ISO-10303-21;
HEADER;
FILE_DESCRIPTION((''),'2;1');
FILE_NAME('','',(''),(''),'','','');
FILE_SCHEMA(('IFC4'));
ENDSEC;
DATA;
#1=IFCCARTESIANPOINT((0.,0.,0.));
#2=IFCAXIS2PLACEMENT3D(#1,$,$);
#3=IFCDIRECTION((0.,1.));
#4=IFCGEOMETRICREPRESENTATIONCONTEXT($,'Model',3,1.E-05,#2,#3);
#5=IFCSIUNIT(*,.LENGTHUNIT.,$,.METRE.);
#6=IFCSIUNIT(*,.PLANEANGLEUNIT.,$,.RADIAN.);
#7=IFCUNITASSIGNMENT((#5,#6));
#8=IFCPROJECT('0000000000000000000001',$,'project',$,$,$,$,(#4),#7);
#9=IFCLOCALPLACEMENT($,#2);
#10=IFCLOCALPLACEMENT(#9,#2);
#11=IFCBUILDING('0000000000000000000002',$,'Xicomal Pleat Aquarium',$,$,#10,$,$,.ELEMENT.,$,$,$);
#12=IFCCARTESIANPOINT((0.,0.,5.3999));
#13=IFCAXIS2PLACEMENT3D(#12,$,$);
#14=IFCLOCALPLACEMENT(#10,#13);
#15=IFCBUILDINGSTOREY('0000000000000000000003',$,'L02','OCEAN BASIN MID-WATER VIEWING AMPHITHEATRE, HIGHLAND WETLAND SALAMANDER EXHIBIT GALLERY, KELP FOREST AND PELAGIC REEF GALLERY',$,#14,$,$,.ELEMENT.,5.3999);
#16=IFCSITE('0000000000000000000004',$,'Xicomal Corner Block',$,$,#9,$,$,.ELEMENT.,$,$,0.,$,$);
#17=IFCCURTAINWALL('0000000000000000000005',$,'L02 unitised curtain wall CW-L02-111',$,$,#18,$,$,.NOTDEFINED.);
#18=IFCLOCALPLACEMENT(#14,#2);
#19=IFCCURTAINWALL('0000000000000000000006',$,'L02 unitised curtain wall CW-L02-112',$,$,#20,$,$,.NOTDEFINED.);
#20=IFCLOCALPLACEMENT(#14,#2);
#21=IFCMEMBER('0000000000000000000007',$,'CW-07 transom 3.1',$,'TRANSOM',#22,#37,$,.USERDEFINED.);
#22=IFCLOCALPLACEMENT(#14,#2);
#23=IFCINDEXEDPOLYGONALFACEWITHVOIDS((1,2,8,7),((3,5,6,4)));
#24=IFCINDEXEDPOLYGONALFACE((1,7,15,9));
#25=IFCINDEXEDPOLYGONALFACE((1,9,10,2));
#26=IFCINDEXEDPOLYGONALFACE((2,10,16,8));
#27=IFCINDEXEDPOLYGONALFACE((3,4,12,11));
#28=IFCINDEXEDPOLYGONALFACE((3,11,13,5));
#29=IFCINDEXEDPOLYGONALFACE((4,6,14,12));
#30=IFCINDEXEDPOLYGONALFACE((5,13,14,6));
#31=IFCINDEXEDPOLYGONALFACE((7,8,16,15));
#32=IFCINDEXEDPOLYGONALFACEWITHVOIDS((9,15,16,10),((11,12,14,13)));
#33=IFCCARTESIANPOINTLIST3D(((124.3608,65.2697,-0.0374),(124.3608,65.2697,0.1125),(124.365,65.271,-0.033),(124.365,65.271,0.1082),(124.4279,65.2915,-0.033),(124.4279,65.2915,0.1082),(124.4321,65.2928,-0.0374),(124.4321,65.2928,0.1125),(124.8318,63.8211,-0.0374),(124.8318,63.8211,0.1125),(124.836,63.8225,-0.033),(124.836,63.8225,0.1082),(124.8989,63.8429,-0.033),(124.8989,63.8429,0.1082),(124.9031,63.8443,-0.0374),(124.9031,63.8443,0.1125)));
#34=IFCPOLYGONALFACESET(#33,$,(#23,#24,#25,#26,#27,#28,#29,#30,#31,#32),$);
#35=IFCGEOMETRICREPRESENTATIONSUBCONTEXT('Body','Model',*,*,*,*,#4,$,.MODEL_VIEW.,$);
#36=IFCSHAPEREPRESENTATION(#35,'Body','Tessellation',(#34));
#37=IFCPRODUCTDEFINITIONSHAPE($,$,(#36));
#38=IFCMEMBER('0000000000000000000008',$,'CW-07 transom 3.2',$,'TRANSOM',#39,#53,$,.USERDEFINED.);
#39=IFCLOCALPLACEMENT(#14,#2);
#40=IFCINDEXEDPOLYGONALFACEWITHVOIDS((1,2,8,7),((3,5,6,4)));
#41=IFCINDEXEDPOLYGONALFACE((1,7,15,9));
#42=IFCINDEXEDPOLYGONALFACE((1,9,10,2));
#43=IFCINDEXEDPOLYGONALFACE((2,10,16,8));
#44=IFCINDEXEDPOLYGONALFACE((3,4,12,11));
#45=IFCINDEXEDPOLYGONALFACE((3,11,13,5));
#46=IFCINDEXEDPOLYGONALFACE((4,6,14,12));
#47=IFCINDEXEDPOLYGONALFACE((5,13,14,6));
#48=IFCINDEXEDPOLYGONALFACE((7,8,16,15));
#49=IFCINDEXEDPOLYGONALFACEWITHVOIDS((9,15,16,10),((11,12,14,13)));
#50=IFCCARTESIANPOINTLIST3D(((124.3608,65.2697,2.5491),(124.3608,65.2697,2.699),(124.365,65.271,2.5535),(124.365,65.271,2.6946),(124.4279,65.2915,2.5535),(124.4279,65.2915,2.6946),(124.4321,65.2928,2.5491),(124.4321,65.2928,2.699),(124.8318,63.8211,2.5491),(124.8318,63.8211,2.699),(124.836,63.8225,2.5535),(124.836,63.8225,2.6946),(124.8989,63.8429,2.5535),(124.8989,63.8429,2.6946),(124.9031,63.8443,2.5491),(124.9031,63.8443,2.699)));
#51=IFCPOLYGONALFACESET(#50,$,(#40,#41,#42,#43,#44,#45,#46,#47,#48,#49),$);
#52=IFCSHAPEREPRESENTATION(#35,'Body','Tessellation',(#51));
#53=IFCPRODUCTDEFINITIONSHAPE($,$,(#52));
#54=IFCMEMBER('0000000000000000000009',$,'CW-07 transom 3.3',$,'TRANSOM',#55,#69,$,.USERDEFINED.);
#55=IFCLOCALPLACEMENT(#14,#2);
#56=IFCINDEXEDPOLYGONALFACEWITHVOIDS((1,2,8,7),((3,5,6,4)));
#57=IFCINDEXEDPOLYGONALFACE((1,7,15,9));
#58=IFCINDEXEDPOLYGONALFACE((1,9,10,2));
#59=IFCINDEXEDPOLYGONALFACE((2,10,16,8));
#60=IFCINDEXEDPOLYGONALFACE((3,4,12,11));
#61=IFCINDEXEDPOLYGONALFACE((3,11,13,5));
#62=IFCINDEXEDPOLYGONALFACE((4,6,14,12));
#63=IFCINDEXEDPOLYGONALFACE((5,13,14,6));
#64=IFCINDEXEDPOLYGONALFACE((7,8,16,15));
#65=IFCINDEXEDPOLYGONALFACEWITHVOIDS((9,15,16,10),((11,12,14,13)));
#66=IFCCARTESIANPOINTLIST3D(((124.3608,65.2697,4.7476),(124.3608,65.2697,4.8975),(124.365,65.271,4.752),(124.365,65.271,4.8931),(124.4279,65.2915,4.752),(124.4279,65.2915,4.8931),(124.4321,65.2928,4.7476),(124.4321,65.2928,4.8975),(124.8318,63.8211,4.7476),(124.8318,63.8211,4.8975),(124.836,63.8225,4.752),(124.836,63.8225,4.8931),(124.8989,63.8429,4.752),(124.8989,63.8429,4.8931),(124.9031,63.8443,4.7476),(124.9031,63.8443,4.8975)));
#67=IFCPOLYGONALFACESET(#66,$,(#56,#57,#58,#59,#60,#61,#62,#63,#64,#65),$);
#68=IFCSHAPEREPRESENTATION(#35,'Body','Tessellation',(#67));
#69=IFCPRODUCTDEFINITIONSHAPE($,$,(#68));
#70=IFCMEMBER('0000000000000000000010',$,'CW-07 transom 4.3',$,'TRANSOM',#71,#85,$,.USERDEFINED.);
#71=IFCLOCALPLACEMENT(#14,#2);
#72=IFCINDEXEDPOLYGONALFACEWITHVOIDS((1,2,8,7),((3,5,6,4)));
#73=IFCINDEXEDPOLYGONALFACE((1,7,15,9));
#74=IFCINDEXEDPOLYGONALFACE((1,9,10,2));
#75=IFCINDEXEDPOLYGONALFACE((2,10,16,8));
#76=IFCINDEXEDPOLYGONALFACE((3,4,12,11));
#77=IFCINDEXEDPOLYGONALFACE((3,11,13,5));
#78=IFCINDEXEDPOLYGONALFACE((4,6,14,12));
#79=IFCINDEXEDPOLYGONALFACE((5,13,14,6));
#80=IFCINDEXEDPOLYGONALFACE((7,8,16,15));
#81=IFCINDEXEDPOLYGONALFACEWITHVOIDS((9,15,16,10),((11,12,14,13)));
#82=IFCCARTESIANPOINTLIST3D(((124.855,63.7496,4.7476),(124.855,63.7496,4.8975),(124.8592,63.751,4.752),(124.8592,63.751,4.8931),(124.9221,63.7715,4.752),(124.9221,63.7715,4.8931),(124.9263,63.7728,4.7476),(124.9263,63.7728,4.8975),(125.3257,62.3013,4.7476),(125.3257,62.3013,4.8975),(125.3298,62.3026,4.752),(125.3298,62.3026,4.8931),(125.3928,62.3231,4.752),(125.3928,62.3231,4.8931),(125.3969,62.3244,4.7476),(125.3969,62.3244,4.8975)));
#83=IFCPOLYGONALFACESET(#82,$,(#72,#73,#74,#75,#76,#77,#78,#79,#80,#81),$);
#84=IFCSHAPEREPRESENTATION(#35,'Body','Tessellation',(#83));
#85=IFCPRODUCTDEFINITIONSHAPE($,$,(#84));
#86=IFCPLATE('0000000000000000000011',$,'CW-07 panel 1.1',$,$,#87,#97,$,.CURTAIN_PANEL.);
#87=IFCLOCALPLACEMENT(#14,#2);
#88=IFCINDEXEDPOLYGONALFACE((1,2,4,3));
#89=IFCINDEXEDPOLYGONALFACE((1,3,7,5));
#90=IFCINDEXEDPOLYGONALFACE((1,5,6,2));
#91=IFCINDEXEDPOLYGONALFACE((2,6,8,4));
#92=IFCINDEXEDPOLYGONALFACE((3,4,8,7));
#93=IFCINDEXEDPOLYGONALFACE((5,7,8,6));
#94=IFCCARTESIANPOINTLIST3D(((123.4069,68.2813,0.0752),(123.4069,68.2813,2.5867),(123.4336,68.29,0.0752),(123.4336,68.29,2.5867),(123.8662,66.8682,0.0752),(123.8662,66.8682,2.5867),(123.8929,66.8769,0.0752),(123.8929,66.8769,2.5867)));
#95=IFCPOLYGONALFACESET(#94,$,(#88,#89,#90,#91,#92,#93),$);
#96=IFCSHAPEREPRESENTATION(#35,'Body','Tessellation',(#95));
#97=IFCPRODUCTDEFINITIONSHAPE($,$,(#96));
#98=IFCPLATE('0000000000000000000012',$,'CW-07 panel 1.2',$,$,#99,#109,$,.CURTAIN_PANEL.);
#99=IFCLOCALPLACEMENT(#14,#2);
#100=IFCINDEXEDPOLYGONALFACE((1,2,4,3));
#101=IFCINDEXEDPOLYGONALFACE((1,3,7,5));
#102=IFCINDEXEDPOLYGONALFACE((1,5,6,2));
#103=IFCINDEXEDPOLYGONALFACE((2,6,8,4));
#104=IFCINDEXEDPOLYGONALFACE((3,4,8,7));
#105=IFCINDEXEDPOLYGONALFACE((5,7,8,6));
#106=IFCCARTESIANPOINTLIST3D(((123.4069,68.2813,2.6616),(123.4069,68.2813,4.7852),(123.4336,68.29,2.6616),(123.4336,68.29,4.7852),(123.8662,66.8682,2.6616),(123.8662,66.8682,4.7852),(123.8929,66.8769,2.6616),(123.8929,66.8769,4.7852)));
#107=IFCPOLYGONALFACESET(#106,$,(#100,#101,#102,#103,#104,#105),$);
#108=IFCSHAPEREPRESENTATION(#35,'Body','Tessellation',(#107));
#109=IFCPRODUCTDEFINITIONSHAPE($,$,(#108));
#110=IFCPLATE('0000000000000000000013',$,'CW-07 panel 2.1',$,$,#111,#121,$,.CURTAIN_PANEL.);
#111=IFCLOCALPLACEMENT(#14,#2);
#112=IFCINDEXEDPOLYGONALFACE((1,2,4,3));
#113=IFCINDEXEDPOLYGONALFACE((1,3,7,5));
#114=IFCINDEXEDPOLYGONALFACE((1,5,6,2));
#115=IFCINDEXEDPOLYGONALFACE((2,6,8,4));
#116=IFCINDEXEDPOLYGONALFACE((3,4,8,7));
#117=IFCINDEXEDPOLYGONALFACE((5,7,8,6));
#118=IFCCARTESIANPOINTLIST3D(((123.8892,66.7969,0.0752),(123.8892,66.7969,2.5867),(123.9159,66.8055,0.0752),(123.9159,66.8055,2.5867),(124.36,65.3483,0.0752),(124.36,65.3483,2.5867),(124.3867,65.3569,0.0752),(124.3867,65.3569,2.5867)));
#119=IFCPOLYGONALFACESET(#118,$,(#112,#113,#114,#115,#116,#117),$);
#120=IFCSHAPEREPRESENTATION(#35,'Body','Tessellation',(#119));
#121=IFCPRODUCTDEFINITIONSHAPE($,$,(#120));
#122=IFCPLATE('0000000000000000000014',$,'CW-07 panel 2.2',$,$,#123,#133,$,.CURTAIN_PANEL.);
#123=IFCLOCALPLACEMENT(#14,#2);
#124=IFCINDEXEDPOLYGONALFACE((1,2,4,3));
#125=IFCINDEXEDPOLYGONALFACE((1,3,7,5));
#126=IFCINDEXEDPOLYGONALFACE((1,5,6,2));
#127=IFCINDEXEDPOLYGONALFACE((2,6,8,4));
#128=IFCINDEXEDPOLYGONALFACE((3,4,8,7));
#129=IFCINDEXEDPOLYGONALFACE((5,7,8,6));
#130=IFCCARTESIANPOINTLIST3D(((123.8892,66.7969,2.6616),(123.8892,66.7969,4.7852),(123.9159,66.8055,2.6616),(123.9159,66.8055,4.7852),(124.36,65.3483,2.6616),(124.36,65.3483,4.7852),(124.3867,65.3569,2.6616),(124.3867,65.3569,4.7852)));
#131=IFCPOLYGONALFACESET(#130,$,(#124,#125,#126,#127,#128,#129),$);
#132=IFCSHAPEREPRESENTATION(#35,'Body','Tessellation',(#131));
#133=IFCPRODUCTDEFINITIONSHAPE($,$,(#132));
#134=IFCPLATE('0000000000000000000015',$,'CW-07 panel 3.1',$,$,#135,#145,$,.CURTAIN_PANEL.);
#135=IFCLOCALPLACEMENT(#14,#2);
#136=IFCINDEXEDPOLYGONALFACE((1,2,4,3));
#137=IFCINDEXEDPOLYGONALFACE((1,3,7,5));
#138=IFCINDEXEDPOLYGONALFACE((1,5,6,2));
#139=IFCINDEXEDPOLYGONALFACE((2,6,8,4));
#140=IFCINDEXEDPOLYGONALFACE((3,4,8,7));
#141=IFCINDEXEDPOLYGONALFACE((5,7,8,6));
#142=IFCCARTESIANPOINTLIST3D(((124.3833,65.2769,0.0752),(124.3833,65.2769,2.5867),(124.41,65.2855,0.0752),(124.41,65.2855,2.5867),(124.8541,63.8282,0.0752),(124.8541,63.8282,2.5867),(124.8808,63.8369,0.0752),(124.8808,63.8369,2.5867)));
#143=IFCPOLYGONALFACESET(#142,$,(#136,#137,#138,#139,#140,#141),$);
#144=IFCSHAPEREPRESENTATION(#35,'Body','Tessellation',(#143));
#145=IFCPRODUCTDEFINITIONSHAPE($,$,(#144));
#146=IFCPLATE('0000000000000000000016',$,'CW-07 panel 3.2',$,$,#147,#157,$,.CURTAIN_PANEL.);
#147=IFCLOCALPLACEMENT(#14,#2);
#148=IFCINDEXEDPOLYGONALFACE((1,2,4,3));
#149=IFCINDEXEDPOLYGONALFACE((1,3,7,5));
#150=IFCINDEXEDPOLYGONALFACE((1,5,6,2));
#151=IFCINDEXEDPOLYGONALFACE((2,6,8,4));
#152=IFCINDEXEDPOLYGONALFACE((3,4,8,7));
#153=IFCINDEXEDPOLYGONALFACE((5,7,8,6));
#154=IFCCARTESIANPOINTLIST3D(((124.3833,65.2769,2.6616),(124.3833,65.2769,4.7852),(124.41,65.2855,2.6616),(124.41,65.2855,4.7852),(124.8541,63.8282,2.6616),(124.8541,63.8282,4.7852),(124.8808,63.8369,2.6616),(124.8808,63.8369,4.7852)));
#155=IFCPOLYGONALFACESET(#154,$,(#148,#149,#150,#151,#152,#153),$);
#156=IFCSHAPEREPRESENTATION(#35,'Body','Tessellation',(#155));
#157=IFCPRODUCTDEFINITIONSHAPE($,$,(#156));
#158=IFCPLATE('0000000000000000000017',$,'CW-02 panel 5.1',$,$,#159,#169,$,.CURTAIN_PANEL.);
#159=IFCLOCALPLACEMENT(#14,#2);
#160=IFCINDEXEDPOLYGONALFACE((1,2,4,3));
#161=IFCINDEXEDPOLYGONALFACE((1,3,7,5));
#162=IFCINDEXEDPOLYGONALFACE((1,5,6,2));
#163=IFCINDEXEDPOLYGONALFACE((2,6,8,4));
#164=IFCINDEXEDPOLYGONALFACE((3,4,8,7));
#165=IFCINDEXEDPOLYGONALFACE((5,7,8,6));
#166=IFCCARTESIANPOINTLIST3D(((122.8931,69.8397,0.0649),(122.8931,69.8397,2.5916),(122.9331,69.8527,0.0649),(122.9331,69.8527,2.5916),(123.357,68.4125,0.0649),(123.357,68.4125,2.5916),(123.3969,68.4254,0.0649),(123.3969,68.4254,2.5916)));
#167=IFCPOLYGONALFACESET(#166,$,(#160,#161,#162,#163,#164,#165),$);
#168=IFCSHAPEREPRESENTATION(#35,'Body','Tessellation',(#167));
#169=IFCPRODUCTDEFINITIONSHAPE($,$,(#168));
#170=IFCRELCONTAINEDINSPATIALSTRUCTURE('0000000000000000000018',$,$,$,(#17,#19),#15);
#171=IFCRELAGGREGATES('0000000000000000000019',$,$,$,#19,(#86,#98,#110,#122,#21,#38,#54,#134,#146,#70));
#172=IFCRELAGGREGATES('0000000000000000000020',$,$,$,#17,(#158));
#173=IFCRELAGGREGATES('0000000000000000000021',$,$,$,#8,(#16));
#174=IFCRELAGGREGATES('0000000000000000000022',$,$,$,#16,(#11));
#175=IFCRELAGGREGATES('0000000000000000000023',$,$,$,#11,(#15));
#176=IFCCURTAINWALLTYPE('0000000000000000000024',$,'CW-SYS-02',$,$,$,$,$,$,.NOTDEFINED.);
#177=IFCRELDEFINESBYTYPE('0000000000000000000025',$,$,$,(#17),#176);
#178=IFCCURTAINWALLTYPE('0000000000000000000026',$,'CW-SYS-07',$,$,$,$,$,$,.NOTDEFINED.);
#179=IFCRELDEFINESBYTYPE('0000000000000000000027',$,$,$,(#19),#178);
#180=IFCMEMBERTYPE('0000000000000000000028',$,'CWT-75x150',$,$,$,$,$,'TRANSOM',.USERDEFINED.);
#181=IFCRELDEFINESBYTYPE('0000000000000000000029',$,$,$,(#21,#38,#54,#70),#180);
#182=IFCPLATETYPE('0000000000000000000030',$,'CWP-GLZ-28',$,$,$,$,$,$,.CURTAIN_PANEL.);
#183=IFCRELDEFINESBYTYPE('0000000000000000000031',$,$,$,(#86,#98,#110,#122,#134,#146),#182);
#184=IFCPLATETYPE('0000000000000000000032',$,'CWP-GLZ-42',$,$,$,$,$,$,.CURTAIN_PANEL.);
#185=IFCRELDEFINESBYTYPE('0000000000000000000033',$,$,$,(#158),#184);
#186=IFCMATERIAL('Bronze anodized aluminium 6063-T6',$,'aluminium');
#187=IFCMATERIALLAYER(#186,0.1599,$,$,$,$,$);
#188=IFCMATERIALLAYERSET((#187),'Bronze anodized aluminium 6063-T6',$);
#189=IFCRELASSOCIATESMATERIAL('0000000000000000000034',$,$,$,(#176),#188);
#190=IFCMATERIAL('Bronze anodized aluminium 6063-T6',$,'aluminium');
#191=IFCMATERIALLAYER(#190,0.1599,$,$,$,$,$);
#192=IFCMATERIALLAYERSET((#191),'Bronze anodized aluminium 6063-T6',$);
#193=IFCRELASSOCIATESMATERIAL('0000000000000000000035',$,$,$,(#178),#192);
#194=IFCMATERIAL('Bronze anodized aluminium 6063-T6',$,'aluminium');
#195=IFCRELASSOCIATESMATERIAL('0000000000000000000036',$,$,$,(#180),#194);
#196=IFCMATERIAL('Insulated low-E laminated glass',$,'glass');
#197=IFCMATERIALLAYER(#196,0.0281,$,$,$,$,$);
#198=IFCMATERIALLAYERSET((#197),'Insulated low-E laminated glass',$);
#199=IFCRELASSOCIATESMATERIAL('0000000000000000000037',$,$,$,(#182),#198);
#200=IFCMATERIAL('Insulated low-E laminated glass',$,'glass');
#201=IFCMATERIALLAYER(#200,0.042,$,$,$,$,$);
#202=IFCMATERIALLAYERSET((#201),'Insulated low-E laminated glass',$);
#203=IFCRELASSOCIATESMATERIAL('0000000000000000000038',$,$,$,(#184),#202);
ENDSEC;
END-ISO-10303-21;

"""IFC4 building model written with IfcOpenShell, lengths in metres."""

from ifc_helpers import new_model, si_unit, direction, frame, origin, origin_2d, place, context, subcontext, project, spatial, rectangle, hollow_rectangle, extrude, material, layer, layer_set, material_profile, profile_set, type_object, element, aggregate, save


model = new_model("IFC4")

# Units and contexts
model_context = context("Model", 3, precision=1e-05, world=origin(), true_north=direction((0.0, 1.0)))
body_context = subcontext(model_context, "Body", "Model", "MODEL_VIEW")
ifc_project = project(units=[si_unit("LENGTHUNIT", "METRE"), si_unit("PLANEANGLEUNIT", "RADIAN")], contexts=[model_context])

# Site, building, storey
site_placement = place(None, origin())
site = spatial("IfcSite", under=ifc_project, at=site_placement, Name="Xicomal Corner Block", CompositionType="ELEMENT", RefElevation=0.0)
building_placement = place(site_placement, origin())
building = spatial("IfcBuilding", under=site, at=building_placement, Name="Xicomal Pleat Aquarium", CompositionType="ELEMENT")
storey_placement = place(building_placement, frame((0.0, 0.0, 5.3999)))
storey = spatial("IfcBuildingStorey", under=building, at=storey_placement, Name="L02", Description="OCEAN BASIN MID-WATER VIEWING AMPHITHEATRE, HIGHLAND WETLAND SALAMANDER EXHIBIT GALLERY, KELP FOREST AND PELAGIC REEF GALLERY", CompositionType="ELEMENT", Elevation=5.3999)

# Curtain wall
ifc_material_1 = material(Name="Bronze anodized aluminium 6063-T6", Category="aluminium")
ifc_layer_1 = layer(ifc_material_1, 0.1599)
ifc_layer_set_1 = layer_set([ifc_layer_1], Name="Bronze anodized aluminium 6063-T6")
curtain_wall_type_1 = type_object("IfcCurtainWallType", Name="CW-SYS-02", PredefinedType="NOTDEFINED", material=ifc_layer_set_1)
curtain_wall_1_placement = place(storey_placement, origin())
curtain_wall_1 = element("IfcCurtainWall", 1, at=curtain_wall_1_placement, inside=storey, type_object=curtain_wall_type_1, Name="L02 unitised curtain wall CW-L02-111", PredefinedType="NOTDEFINED")

# Curtain wall, members, plates
ifc_material_2 = material(Name="Bronze anodized aluminium 6063-T6", Category="aluminium")
ifc_layer_2 = layer(ifc_material_2, 0.1599)
ifc_layer_set_2 = layer_set([ifc_layer_2], Name="Bronze anodized aluminium 6063-T6")
curtain_wall_type_2 = type_object("IfcCurtainWallType", Name="CW-SYS-07", PredefinedType="NOTDEFINED", material=ifc_layer_set_2)
curtain_wall_2_placement = place(storey_placement, origin())
curtain_wall_2 = element("IfcCurtainWall", 2, at=curtain_wall_2_placement, inside=storey, type_object=curtain_wall_type_2, Name="L02 unitised curtain wall CW-L02-112", PredefinedType="NOTDEFINED")
ifc_material_3 = material(Name="Bronze anodized aluminium 6063-T6", Category="aluminium")
ifc_material_profile_1 = material_profile(ifc_material_3, hollow_rectangle(XDim=0.075, YDim=0.1499, WallThickness=0.0044, at=origin_2d()), Name="ALU TRAN 75x150")
ifc_profile_set_1 = profile_set([ifc_material_profile_1], Name="Bronze anodized aluminium 6063-T6")
member_type_1 = type_object("IfcMemberType", Name="CWT-75x150", ElementType="TRANSOM", PredefinedType="USERDEFINED", material=ifc_profile_set_1)
member_1_placement = place(storey_placement, frame((124.3965, 65.2812, 0.0376), z_axis=(0.309198, -0.950998, 0.0), x_axis=(0.950998, 0.309198, 0.0)))
member_1 = element("IfcMember", 3, at=member_1_placement, type_object=member_type_1, Name="CW-07 transom 3.1", ObjectType="TRANSOM", PredefinedType="USERDEFINED", context=body_context, shape_type="SweptSolid", body=[
    extrude(hollow_rectangle(XDim=0.075, YDim=0.1499, WallThickness=0.0044, at=origin_2d()), origin(), (0.0, 0.0, 1.0), 1.5232),
])
member_2_placement = place(storey_placement, frame((124.3965, 65.2812, 2.624), z_axis=(0.309198, -0.950998, 0.0), x_axis=(0.950998, 0.309198, 0.0)))
member_2 = element("IfcMember", 4, at=member_2_placement, type_object=member_type_1, Name="CW-07 transom 3.2", ObjectType="TRANSOM", PredefinedType="USERDEFINED", context=body_context, shape_type="SweptSolid", body=[
    extrude(hollow_rectangle(XDim=0.075, YDim=0.1499, WallThickness=0.0044, at=origin_2d()), origin(), (0.0, 0.0, 1.0), 1.5232),
])
member_3_placement = place(storey_placement, frame((124.3965, 65.2812, 4.8225), z_axis=(0.309198, -0.950998, 0.0), x_axis=(0.950998, 0.309198, 0.0)))
member_3 = element("IfcMember", 5, at=member_3_placement, type_object=member_type_1, Name="CW-07 transom 3.3", ObjectType="TRANSOM", PredefinedType="USERDEFINED", context=body_context, shape_type="SweptSolid", body=[
    extrude(hollow_rectangle(XDim=0.075, YDim=0.1499, WallThickness=0.0044, at=origin_2d()), origin(), (0.0, 0.0, 1.0), 1.5232),
])
member_4_placement = place(storey_placement, frame((124.8906, 63.7612, 4.8225), z_axis=(0.309053, -0.951045, 0.0), x_axis=(0.951045, 0.309053, 0.0)))
member_4 = element("IfcMember", 6, at=member_4_placement, type_object=member_type_1, Name="CW-07 transom 4.3", ObjectType="TRANSOM", PredefinedType="USERDEFINED", context=body_context, shape_type="SweptSolid", body=[
    extrude(hollow_rectangle(XDim=0.075, YDim=0.1499, WallThickness=0.0044, at=origin_2d()), origin(), (0.0, 0.0, 1.0), 1.5229),
])
ifc_material_4 = material(Name="Insulated low-E laminated glass", Category="glass")
ifc_layer_3 = layer(ifc_material_4, 0.0281)
ifc_layer_set_3 = layer_set([ifc_layer_3], Name="Insulated low-E laminated glass")
plate_type_1 = type_object("IfcPlateType", Name="CWP-GLZ-28", PredefinedType="CURTAIN_PANEL", material=ifc_layer_set_3)
plate_1_placement = place(storey_placement, frame((123.6499, 67.5791, 0.0752), z_axis=(0.0, 0.0, 1.0), x_axis=(0.309086, -0.951034, 0.0)))
plate_1 = element("IfcPlate", 7, at=plate_1_placement, type_object=plate_type_1, Name="CW-07 panel 1.1", PredefinedType="CURTAIN_PANEL", context=body_context, shape_type="SweptSolid", body=[
    extrude(rectangle(XDim=1.4858, YDim=0.0281, at=origin_2d()), origin(), (0.0, 0.0, 1.0), 2.5115),
])
plate_2_placement = place(storey_placement, frame((123.6499, 67.5791, 2.6616), z_axis=(0.0, 0.0, 1.0), x_axis=(0.309086, -0.951034, 0.0)))
plate_2 = element("IfcPlate", 8, at=plate_2_placement, type_object=plate_type_1, Name="CW-07 panel 1.2", PredefinedType="CURTAIN_PANEL", context=body_context, shape_type="SweptSolid", body=[
    extrude(rectangle(XDim=1.4858, YDim=0.0281, at=origin_2d()), origin(), (0.0, 0.0, 1.0), 2.1235),
])
plate_3_placement = place(storey_placement, frame((124.1379, 66.0769, 0.0752), z_axis=(0.0, 0.0, 1.0), x_axis=(0.309086, -0.951034, 0.0)))
plate_3 = element("IfcPlate", 9, at=plate_3_placement, type_object=plate_type_1, Name="CW-07 panel 2.1", PredefinedType="CURTAIN_PANEL", context=body_context, shape_type="SweptSolid", body=[
    extrude(rectangle(XDim=1.5232, YDim=0.0281, at=origin_2d()), origin(), (0.0, 0.0, 1.0), 2.5115),
])
plate_4_placement = place(storey_placement, frame((124.1379, 66.0769, 2.6616), z_axis=(0.0, 0.0, 1.0), x_axis=(0.309086, -0.951034, 0.0)))
plate_4 = element("IfcPlate", 10, at=plate_4_placement, type_object=plate_type_1, Name="CW-07 panel 2.2", PredefinedType="CURTAIN_PANEL", context=body_context, shape_type="SweptSolid", body=[
    extrude(rectangle(XDim=1.5232, YDim=0.0281, at=origin_2d()), origin(), (0.0, 0.0, 1.0), 2.1235),
])
plate_5_placement = place(storey_placement, frame((124.6321, 64.5569, 0.0752), z_axis=(0.0, 0.0, 1.0), x_axis=(0.309086, -0.951034, 0.0)))
plate_5 = element("IfcPlate", 11, at=plate_5_placement, type_object=plate_type_1, Name="CW-07 panel 3.1", PredefinedType="CURTAIN_PANEL", context=body_context, shape_type="SweptSolid", body=[
    extrude(rectangle(XDim=1.5232, YDim=0.0281, at=origin_2d()), origin(), (0.0, 0.0, 1.0), 2.5115),
])
plate_6_placement = place(storey_placement, frame((124.6321, 64.5569, 2.6616), z_axis=(0.0, 0.0, 1.0), x_axis=(0.309086, -0.951034, 0.0)))
plate_6 = element("IfcPlate", 12, at=plate_6_placement, type_object=plate_type_1, Name="CW-07 panel 3.2", PredefinedType="CURTAIN_PANEL", context=body_context, shape_type="SweptSolid", body=[
    extrude(rectangle(XDim=1.5232, YDim=0.0281, at=origin_2d()), origin(), (0.0, 0.0, 1.0), 2.1235),
])
aggregate(curtain_wall_2, [plate_1, plate_2, plate_3, plate_4, member_1, member_2, member_3, plate_5, plate_6, member_4])

# Plate
ifc_material_5 = material(Name="Insulated low-E laminated glass", Category="glass")
ifc_layer_4 = layer(ifc_material_5, 0.042)
ifc_layer_set_4 = layer_set([ifc_layer_4], Name="Insulated low-E laminated glass")
plate_type_2 = type_object("IfcPlateType", Name="CWP-GLZ-42", PredefinedType="CURTAIN_PANEL", material=ifc_layer_set_4)
plate_7_placement = place(storey_placement, frame((123.145, 69.1326, 0.0649), z_axis=(0.0, 0.0, 1.0), x_axis=(0.309086, -0.951034, 0.0)))
plate_7 = element("IfcPlate", 13, at=plate_7_placement, type_object=plate_type_2, Name="CW-02 panel 5.1", PredefinedType="CURTAIN_PANEL", context=body_context, shape_type="SweptSolid", body=[
    extrude(rectangle(XDim=1.5007, YDim=0.042, at=origin_2d()), origin(), (0.0, 0.0, 1.0), 2.5266),
])
aggregate(curtain_wall_1, [plate_7])

save(model, "model.ifc")
